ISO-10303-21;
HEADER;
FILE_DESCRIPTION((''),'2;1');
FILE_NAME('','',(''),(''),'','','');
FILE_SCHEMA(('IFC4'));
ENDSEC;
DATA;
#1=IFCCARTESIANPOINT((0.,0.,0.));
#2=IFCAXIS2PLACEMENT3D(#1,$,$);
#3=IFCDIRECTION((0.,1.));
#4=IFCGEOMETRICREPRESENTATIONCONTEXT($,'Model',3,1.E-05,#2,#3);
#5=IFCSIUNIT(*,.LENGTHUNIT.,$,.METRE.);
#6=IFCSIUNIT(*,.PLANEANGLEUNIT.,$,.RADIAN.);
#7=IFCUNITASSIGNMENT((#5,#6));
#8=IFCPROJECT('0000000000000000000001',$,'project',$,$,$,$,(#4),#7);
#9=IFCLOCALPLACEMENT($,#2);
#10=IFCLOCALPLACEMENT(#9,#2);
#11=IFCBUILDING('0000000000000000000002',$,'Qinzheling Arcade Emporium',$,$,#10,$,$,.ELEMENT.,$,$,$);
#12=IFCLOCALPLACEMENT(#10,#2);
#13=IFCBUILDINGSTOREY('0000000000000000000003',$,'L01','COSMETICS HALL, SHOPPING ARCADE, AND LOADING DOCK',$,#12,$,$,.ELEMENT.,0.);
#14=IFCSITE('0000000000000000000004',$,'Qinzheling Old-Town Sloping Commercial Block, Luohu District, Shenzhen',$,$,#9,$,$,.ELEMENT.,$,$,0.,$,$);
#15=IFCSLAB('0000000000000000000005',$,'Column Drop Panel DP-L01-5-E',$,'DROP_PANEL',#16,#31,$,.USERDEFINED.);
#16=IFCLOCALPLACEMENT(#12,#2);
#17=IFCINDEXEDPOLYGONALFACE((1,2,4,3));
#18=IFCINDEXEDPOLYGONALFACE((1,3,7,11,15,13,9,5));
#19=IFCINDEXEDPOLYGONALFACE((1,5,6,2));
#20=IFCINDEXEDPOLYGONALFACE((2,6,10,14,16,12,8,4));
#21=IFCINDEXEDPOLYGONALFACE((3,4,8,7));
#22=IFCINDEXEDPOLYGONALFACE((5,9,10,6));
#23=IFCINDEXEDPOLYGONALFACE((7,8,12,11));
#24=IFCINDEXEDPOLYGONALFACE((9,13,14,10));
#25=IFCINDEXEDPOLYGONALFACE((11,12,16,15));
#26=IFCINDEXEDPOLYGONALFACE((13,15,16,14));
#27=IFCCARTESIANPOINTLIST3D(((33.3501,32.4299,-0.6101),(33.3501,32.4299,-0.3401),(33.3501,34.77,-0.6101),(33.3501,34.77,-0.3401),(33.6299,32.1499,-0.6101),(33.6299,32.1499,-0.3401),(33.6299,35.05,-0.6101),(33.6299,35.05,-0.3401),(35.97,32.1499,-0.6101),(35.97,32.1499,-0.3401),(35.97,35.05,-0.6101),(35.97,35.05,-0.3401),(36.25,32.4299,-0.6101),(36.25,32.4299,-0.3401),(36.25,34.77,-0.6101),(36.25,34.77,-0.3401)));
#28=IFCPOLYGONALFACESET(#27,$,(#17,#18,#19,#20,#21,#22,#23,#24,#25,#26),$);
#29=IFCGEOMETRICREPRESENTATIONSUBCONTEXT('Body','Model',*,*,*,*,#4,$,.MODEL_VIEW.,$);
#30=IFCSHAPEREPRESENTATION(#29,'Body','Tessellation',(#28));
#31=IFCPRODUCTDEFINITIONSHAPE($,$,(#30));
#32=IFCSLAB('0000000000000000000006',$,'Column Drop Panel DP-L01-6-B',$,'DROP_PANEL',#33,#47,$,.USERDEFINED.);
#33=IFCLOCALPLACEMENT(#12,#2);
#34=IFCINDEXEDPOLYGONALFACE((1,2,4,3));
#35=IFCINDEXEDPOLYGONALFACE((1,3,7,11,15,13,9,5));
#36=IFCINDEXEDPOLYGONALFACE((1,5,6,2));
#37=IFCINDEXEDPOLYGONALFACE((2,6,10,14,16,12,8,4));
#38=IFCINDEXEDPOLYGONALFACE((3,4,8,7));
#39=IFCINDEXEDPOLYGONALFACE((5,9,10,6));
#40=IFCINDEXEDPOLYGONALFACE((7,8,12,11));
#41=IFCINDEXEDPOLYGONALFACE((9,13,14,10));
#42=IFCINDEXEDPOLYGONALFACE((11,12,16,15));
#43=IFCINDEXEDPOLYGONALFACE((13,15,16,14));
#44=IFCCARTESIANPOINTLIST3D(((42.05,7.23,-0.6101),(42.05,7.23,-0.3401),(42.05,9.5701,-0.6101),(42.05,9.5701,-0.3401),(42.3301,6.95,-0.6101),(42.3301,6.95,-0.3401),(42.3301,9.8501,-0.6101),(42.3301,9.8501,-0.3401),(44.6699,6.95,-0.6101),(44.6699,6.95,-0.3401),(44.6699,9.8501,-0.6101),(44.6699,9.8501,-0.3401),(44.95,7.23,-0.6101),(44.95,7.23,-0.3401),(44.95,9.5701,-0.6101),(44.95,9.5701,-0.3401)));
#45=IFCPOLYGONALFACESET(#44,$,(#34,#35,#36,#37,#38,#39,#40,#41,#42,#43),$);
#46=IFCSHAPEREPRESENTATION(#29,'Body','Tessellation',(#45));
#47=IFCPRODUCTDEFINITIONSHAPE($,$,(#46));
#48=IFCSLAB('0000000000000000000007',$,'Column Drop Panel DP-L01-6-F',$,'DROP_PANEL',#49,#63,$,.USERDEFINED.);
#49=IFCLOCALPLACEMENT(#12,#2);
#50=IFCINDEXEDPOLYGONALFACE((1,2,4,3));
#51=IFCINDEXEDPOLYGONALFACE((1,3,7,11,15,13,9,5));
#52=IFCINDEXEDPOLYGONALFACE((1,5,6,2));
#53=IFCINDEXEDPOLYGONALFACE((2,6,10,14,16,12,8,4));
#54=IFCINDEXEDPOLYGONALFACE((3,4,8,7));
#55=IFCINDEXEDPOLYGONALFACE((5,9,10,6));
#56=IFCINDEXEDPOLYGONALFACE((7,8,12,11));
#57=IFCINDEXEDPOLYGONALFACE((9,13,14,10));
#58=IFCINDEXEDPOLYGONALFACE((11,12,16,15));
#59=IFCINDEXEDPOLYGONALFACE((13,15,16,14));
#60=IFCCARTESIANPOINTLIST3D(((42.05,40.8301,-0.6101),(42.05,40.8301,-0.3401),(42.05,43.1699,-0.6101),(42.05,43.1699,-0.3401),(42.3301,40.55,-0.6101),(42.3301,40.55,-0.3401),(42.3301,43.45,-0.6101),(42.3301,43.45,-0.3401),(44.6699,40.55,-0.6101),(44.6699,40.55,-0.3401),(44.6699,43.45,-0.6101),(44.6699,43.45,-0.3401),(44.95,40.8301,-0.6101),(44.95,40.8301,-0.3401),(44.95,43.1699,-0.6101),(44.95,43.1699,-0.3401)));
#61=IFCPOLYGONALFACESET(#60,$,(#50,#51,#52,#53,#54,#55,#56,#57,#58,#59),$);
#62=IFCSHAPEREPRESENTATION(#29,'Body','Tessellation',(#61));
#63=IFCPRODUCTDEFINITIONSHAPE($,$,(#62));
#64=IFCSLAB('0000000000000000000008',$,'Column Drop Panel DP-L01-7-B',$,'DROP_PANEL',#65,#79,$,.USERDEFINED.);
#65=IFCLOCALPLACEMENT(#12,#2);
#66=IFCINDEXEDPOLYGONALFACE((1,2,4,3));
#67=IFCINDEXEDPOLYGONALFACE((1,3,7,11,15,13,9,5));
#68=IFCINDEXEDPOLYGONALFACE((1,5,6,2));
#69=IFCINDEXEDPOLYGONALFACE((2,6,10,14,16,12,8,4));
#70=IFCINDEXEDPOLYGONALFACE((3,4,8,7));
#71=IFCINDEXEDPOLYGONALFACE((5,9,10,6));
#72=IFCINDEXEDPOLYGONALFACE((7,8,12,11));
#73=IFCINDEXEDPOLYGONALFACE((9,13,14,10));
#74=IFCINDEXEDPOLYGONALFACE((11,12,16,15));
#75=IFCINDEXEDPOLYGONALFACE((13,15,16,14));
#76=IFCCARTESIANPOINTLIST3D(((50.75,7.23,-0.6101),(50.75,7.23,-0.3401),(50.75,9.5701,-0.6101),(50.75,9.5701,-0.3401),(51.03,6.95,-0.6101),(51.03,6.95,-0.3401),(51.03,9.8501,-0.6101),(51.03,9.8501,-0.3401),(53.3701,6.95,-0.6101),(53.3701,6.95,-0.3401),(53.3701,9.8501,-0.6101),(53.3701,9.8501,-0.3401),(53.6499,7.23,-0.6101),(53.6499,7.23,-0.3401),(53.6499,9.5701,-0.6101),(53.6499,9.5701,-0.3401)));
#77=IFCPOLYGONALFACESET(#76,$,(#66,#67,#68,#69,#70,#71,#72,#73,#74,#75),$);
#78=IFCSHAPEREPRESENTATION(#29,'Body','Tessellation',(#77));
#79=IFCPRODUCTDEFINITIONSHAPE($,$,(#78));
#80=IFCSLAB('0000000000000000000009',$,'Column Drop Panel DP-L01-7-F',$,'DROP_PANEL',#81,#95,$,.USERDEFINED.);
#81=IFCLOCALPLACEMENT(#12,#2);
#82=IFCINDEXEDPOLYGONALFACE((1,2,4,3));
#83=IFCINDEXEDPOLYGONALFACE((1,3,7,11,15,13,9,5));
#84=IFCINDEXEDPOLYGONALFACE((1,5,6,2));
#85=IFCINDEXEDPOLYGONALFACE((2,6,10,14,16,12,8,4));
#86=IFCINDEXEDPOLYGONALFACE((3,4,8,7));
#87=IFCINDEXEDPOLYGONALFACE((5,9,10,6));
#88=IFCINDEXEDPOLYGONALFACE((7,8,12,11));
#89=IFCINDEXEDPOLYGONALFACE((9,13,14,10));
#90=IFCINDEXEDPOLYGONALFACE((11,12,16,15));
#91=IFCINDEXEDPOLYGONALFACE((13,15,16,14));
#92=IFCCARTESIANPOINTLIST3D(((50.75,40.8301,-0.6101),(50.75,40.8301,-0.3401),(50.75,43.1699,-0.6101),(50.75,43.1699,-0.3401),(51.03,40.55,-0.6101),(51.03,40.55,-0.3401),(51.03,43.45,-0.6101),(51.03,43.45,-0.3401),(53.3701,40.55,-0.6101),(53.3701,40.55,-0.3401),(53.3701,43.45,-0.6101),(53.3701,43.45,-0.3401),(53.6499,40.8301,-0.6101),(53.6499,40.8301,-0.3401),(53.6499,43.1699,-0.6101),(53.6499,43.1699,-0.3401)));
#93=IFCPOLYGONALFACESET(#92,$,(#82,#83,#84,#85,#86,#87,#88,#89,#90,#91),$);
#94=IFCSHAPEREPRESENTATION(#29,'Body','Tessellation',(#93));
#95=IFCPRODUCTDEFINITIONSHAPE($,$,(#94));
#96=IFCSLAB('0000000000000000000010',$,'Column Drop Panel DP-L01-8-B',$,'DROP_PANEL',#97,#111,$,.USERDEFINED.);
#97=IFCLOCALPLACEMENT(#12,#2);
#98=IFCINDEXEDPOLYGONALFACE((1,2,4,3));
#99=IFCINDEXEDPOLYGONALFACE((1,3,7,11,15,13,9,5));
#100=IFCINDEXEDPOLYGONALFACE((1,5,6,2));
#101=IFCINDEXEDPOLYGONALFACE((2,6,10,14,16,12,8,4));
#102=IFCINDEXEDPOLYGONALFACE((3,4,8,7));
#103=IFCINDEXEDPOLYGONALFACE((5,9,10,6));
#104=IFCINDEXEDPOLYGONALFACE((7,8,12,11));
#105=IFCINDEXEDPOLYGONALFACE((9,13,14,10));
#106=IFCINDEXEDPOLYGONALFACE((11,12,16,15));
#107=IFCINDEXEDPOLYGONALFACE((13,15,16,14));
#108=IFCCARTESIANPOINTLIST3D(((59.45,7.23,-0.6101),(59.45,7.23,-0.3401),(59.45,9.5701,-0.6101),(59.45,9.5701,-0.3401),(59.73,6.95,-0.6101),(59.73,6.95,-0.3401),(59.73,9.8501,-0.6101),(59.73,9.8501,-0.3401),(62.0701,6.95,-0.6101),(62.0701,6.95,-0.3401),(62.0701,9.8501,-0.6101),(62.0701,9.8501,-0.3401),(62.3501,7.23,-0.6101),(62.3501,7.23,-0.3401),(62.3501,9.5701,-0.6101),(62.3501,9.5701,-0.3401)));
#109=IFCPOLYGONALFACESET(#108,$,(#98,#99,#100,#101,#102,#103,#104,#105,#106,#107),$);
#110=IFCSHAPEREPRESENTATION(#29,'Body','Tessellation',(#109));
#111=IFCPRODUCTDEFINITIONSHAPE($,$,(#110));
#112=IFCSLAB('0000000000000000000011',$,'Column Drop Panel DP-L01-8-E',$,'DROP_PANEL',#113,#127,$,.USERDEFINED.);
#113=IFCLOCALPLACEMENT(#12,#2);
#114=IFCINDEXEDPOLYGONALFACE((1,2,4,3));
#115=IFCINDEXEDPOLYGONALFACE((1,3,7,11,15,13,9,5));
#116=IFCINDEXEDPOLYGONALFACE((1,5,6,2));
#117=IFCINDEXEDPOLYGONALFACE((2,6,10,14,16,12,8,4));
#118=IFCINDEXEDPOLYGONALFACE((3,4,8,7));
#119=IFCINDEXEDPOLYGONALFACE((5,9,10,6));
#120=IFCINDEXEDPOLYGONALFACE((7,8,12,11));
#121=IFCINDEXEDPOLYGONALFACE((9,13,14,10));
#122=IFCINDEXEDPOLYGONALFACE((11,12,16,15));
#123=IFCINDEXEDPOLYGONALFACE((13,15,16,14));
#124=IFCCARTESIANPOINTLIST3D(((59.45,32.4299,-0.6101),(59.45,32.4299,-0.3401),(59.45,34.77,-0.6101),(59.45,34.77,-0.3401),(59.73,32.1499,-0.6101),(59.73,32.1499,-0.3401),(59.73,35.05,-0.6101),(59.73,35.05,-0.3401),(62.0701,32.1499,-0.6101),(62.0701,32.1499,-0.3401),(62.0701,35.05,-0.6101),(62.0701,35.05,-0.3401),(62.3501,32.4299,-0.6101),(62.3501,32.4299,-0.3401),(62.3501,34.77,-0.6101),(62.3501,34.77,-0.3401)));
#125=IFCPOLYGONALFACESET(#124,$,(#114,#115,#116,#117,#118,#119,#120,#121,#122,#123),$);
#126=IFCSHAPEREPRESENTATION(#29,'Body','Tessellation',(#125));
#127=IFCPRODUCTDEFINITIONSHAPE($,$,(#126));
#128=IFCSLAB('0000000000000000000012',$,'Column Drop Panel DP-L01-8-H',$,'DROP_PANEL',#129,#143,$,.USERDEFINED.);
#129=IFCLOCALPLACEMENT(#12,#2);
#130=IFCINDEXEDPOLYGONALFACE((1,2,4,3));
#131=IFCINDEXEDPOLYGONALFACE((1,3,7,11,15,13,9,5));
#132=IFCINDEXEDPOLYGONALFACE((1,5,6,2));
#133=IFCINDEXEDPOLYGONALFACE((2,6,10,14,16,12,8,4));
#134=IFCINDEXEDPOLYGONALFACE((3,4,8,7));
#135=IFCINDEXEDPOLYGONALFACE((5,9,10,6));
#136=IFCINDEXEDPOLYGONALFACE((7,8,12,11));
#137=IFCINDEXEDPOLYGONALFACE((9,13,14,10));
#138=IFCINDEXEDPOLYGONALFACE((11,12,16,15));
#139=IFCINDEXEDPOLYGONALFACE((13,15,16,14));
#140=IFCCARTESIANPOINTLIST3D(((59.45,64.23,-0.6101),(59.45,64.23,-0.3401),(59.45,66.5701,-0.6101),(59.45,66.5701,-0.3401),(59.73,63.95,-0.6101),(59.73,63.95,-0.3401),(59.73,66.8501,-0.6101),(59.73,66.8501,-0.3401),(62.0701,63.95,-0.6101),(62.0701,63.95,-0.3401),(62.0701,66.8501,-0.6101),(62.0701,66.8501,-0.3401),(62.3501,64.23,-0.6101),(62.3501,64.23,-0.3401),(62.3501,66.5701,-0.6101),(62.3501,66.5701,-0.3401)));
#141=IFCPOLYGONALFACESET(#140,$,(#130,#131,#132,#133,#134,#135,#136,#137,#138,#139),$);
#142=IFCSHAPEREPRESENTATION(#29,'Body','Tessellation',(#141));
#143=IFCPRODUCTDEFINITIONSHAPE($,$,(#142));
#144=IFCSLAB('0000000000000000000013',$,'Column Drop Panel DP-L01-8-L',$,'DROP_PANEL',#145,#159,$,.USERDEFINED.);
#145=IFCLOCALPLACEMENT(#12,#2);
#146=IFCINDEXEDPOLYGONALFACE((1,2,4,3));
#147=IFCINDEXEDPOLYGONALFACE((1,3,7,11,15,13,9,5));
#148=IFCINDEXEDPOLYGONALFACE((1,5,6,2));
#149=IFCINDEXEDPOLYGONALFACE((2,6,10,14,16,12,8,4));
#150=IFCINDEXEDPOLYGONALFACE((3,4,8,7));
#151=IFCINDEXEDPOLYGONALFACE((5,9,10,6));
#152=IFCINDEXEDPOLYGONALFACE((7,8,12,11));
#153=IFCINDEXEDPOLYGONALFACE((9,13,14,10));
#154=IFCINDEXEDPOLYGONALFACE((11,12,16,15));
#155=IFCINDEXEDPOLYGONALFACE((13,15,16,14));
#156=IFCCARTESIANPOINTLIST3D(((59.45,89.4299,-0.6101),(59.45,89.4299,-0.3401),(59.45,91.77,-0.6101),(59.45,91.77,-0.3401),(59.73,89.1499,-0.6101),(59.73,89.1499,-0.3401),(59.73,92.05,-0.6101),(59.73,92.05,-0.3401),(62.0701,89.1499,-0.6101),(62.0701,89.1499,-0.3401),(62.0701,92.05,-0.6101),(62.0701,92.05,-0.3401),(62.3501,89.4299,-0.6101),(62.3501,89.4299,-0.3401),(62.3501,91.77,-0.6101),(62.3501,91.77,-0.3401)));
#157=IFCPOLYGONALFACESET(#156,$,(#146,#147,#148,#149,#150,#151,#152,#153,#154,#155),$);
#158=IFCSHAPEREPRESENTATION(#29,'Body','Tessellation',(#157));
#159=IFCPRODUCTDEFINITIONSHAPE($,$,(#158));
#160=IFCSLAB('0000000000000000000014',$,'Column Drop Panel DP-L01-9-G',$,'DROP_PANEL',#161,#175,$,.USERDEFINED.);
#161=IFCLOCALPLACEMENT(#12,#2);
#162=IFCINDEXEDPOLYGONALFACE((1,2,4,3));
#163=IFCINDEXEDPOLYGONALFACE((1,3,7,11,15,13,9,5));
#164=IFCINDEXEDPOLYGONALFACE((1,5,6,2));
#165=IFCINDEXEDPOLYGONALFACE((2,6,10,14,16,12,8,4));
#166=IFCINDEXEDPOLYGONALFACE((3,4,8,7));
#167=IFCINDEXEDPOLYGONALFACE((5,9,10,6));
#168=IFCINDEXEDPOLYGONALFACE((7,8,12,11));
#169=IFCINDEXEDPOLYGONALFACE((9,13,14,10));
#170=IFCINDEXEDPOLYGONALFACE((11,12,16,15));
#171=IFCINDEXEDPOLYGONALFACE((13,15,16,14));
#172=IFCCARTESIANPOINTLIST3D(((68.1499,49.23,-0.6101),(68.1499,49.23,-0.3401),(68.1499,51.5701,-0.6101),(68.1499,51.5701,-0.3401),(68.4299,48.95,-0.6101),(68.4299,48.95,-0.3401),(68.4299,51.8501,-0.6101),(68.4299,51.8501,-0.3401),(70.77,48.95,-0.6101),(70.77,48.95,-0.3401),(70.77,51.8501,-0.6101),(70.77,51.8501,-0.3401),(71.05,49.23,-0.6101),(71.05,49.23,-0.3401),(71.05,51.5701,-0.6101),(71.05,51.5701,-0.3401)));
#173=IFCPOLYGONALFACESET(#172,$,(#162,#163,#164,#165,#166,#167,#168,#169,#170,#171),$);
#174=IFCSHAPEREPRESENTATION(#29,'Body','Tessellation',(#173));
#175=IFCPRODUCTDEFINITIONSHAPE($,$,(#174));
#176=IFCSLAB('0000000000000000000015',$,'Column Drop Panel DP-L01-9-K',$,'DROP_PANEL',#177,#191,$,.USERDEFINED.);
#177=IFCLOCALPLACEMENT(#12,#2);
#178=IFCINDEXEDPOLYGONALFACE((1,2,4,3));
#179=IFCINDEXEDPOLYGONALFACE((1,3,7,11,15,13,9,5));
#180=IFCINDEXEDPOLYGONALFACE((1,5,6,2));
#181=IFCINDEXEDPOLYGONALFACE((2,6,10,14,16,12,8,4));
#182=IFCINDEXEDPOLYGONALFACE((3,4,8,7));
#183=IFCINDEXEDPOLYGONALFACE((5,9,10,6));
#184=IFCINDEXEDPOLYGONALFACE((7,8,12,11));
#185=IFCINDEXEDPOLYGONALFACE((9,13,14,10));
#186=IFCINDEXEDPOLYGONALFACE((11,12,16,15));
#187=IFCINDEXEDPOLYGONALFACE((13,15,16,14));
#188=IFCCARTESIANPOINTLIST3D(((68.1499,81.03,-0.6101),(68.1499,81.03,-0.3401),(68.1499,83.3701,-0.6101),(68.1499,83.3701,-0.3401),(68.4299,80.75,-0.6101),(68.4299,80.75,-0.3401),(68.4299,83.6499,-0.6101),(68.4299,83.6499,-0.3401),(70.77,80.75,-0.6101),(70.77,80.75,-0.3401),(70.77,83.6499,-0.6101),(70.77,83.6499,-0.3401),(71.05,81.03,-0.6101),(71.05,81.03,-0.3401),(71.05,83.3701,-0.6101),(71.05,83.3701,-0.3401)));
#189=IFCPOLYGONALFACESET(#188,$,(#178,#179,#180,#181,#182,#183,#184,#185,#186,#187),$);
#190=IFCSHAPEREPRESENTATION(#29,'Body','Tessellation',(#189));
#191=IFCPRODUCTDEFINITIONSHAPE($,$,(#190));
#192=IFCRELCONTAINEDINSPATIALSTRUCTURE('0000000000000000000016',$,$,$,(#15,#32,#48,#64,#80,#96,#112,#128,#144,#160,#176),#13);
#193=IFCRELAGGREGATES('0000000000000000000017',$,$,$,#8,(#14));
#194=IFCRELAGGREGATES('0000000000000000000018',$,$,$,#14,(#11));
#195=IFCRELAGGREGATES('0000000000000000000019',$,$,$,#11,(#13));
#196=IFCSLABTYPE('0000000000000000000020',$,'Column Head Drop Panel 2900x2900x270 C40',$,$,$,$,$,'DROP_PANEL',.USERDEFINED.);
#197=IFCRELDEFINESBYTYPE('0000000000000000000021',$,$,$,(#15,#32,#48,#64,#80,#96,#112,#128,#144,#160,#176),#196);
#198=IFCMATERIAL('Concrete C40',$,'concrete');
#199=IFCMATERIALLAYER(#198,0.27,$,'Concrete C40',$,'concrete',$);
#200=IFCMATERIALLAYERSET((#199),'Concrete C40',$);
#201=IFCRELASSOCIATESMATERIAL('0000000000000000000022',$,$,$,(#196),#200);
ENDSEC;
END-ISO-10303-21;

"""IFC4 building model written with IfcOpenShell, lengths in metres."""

from ifc_helpers import new_model, si_unit, direction, frame, origin, place, context, subcontext, project, spatial, polyline, outline, extrude, material, layer, layer_set, type_object, element, save


model = new_model("IFC4")

# Units and contexts
model_context = context("Model", 3, precision=1e-05, world=origin(), true_north=direction((0.0, 1.0)))
body_context = subcontext(model_context, "Body", "Model", "MODEL_VIEW")
ifc_project = project(units=[si_unit("LENGTHUNIT", "METRE"), si_unit("PLANEANGLEUNIT", "RADIAN")], contexts=[model_context])

# Site, building, storey
site_placement = place(None, origin())
site = spatial("IfcSite", under=ifc_project, at=site_placement, Name="Qinzheling Old-Town Sloping Commercial Block, Luohu District, Shenzhen", CompositionType="ELEMENT", RefElevation=0.0)
building_placement = place(site_placement, origin())
building = spatial("IfcBuilding", under=site, at=building_placement, Name="Qinzheling Arcade Emporium", CompositionType="ELEMENT")
storey_placement = place(building_placement, origin())
storey = spatial("IfcBuildingStorey", under=building, at=storey_placement, Name="L01", Description="COSMETICS HALL, SHOPPING ARCADE, AND LOADING DOCK", CompositionType="ELEMENT", Elevation=0.0)

# Slabs
ifc_material = material(Name="Concrete C40", Category="concrete")
ifc_layer_1 = layer(ifc_material, 0.27, Name="Concrete C40", Category="concrete")
ifc_layer_set_1 = layer_set([ifc_layer_1], Name="Concrete C40")
slab_type_1 = type_object("IfcSlabType", Name="Column Head Drop Panel 2900x2900x270 C40", ElementType="DROP_PANEL", PredefinedType="USERDEFINED", material=ifc_layer_set_1)
slab_1_placement = place(storey_placement, frame((0.0, 0.0, -0.6101)))
element("IfcSlab", 1, at=slab_1_placement, inside=storey, type_object=slab_type_1, Name="Column Drop Panel DP-L01-5-E", ObjectType="DROP_PANEL", PredefinedType="USERDEFINED", context=body_context, shape_type="SweptSolid", body=[
    extrude(outline(polyline([(33.6299, 32.1499), (35.97, 32.1499), (36.25, 32.4299), (36.25, 34.77), (35.97, 35.05), (33.6299, 35.05), (33.3501, 34.77), (33.3501, 32.4299), (33.6299, 32.1499)])), origin(), (0.0, 0.0, 1.0), 0.27),
])
slab_2_placement = place(storey_placement, frame((0.0, 0.0, -0.6101)))
element("IfcSlab", 2, at=slab_2_placement, inside=storey, type_object=slab_type_1, Name="Column Drop Panel DP-L01-6-B", ObjectType="DROP_PANEL", PredefinedType="USERDEFINED", context=body_context, shape_type="SweptSolid", body=[
    extrude(outline(polyline([(42.3301, 6.95), (44.6699, 6.95), (44.95, 7.23), (44.95, 9.5701), (44.6699, 9.8501), (42.3301, 9.8501), (42.05, 9.5701), (42.05, 7.23), (42.3301, 6.95)])), origin(), (0.0, 0.0, 1.0), 0.27),
])
slab_3_placement = place(storey_placement, frame((0.0, 0.0, -0.6101)))
element("IfcSlab", 3, at=slab_3_placement, inside=storey, type_object=slab_type_1, Name="Column Drop Panel DP-L01-6-F", ObjectType="DROP_PANEL", PredefinedType="USERDEFINED", context=body_context, shape_type="SweptSolid", body=[
    extrude(outline(polyline([(42.3301, 40.55), (44.6699, 40.55), (44.95, 40.8301), (44.95, 43.1699), (44.6699, 43.45), (42.3301, 43.45), (42.05, 43.1699), (42.05, 40.8301), (42.3301, 40.55)])), origin(), (0.0, 0.0, 1.0), 0.27),
])
slab_4_placement = place(storey_placement, frame((0.0, 0.0, -0.6101)))
element("IfcSlab", 4, at=slab_4_placement, inside=storey, type_object=slab_type_1, Name="Column Drop Panel DP-L01-7-B", ObjectType="DROP_PANEL", PredefinedType="USERDEFINED", context=body_context, shape_type="SweptSolid", body=[
    extrude(outline(polyline([(51.03, 6.95), (53.3701, 6.95), (53.6499, 7.23), (53.6499, 9.5701), (53.3701, 9.8501), (51.03, 9.8501), (50.75, 9.5701), (50.75, 7.23), (51.03, 6.95)])), origin(), (0.0, 0.0, 1.0), 0.27),
])
slab_5_placement = place(storey_placement, frame((0.0, 0.0, -0.6101)))
element("IfcSlab", 5, at=slab_5_placement, inside=storey, type_object=slab_type_1, Name="Column Drop Panel DP-L01-7-F", ObjectType="DROP_PANEL", PredefinedType="USERDEFINED", context=body_context, shape_type="SweptSolid", body=[
    extrude(outline(polyline([(51.03, 40.55), (53.3701, 40.55), (53.6499, 40.8301), (53.6499, 43.1699), (53.3701, 43.45), (51.03, 43.45), (50.75, 43.1699), (50.75, 40.8301), (51.03, 40.55)])), origin(), (0.0, 0.0, 1.0), 0.27),
])
slab_6_placement = place(storey_placement, frame((0.0, 0.0, -0.6101)))
element("IfcSlab", 6, at=slab_6_placement, inside=storey, type_object=slab_type_1, Name="Column Drop Panel DP-L01-8-B", ObjectType="DROP_PANEL", PredefinedType="USERDEFINED", context=body_context, shape_type="SweptSolid", body=[
    extrude(outline(polyline([(59.73, 6.95), (62.0701, 6.95), (62.3501, 7.23), (62.3501, 9.5701), (62.0701, 9.8501), (59.73, 9.8501), (59.45, 9.5701), (59.45, 7.23), (59.73, 6.95)])), origin(), (0.0, 0.0, 1.0), 0.27),
])
slab_7_placement = place(storey_placement, frame((0.0, 0.0, -0.6101)))
element("IfcSlab", 7, at=slab_7_placement, inside=storey, type_object=slab_type_1, Name="Column Drop Panel DP-L01-8-E", ObjectType="DROP_PANEL", PredefinedType="USERDEFINED", context=body_context, shape_type="SweptSolid", body=[
    extrude(outline(polyline([(59.73, 32.1499), (62.0701, 32.1499), (62.3501, 32.4299), (62.3501, 34.77), (62.0701, 35.05), (59.73, 35.05), (59.45, 34.77), (59.45, 32.4299), (59.73, 32.1499)])), origin(), (0.0, 0.0, 1.0), 0.27),
])
slab_8_placement = place(storey_placement, frame((0.0, 0.0, -0.6101)))
element("IfcSlab", 8, at=slab_8_placement, inside=storey, type_object=slab_type_1, Name="Column Drop Panel DP-L01-8-H", ObjectType="DROP_PANEL", PredefinedType="USERDEFINED", context=body_context, shape_type="SweptSolid", body=[
    extrude(outline(polyline([(59.73, 63.95), (62.0701, 63.95), (62.3501, 64.23), (62.3501, 66.5701), (62.0701, 66.8501), (59.73, 66.8501), (59.45, 66.5701), (59.45, 64.23), (59.73, 63.95)])), origin(), (0.0, 0.0, 1.0), 0.27),
])
slab_9_placement = place(storey_placement, frame((0.0, 0.0, -0.6101)))
element("IfcSlab", 9, at=slab_9_placement, inside=storey, type_object=slab_type_1, Name="Column Drop Panel DP-L01-8-L", ObjectType="DROP_PANEL", PredefinedType="USERDEFINED", context=body_context, shape_type="SweptSolid", body=[
    extrude(outline(polyline([(59.73, 89.1499), (62.0701, 89.1499), (62.3501, 89.4299), (62.3501, 91.77), (62.0701, 92.05), (59.73, 92.05), (59.45, 91.77), (59.45, 89.4299), (59.73, 89.1499)])), origin(), (0.0, 0.0, 1.0), 0.27),
])
slab_10_placement = place(storey_placement, frame((0.0, 0.0, -0.6101)))
element("IfcSlab", 10, at=slab_10_placement, inside=storey, type_object=slab_type_1, Name="Column Drop Panel DP-L01-9-G", ObjectType="DROP_PANEL", PredefinedType="USERDEFINED", context=body_context, shape_type="SweptSolid", body=[
    extrude(outline(polyline([(68.4299, 48.95), (70.77, 48.95), (71.05, 49.23), (71.05, 51.5701), (70.77, 51.8501), (68.4299, 51.8501), (68.1499, 51.5701), (68.1499, 49.23), (68.4299, 48.95)])), origin(), (0.0, 0.0, 1.0), 0.27),
])
slab_11_placement = place(storey_placement, frame((0.0, 0.0, -0.6101)))
element("IfcSlab", 11, at=slab_11_placement, inside=storey, type_object=slab_type_1, Name="Column Drop Panel DP-L01-9-K", ObjectType="DROP_PANEL", PredefinedType="USERDEFINED", context=body_context, shape_type="SweptSolid", body=[
    extrude(outline(polyline([(68.4299, 80.75), (70.77, 80.75), (71.05, 81.03), (71.05, 83.3701), (70.77, 83.6499), (68.4299, 83.6499), (68.1499, 83.3701), (68.1499, 81.03), (68.4299, 80.75)])), origin(), (0.0, 0.0, 1.0), 0.27),
])

save(model, "model.ifc")
